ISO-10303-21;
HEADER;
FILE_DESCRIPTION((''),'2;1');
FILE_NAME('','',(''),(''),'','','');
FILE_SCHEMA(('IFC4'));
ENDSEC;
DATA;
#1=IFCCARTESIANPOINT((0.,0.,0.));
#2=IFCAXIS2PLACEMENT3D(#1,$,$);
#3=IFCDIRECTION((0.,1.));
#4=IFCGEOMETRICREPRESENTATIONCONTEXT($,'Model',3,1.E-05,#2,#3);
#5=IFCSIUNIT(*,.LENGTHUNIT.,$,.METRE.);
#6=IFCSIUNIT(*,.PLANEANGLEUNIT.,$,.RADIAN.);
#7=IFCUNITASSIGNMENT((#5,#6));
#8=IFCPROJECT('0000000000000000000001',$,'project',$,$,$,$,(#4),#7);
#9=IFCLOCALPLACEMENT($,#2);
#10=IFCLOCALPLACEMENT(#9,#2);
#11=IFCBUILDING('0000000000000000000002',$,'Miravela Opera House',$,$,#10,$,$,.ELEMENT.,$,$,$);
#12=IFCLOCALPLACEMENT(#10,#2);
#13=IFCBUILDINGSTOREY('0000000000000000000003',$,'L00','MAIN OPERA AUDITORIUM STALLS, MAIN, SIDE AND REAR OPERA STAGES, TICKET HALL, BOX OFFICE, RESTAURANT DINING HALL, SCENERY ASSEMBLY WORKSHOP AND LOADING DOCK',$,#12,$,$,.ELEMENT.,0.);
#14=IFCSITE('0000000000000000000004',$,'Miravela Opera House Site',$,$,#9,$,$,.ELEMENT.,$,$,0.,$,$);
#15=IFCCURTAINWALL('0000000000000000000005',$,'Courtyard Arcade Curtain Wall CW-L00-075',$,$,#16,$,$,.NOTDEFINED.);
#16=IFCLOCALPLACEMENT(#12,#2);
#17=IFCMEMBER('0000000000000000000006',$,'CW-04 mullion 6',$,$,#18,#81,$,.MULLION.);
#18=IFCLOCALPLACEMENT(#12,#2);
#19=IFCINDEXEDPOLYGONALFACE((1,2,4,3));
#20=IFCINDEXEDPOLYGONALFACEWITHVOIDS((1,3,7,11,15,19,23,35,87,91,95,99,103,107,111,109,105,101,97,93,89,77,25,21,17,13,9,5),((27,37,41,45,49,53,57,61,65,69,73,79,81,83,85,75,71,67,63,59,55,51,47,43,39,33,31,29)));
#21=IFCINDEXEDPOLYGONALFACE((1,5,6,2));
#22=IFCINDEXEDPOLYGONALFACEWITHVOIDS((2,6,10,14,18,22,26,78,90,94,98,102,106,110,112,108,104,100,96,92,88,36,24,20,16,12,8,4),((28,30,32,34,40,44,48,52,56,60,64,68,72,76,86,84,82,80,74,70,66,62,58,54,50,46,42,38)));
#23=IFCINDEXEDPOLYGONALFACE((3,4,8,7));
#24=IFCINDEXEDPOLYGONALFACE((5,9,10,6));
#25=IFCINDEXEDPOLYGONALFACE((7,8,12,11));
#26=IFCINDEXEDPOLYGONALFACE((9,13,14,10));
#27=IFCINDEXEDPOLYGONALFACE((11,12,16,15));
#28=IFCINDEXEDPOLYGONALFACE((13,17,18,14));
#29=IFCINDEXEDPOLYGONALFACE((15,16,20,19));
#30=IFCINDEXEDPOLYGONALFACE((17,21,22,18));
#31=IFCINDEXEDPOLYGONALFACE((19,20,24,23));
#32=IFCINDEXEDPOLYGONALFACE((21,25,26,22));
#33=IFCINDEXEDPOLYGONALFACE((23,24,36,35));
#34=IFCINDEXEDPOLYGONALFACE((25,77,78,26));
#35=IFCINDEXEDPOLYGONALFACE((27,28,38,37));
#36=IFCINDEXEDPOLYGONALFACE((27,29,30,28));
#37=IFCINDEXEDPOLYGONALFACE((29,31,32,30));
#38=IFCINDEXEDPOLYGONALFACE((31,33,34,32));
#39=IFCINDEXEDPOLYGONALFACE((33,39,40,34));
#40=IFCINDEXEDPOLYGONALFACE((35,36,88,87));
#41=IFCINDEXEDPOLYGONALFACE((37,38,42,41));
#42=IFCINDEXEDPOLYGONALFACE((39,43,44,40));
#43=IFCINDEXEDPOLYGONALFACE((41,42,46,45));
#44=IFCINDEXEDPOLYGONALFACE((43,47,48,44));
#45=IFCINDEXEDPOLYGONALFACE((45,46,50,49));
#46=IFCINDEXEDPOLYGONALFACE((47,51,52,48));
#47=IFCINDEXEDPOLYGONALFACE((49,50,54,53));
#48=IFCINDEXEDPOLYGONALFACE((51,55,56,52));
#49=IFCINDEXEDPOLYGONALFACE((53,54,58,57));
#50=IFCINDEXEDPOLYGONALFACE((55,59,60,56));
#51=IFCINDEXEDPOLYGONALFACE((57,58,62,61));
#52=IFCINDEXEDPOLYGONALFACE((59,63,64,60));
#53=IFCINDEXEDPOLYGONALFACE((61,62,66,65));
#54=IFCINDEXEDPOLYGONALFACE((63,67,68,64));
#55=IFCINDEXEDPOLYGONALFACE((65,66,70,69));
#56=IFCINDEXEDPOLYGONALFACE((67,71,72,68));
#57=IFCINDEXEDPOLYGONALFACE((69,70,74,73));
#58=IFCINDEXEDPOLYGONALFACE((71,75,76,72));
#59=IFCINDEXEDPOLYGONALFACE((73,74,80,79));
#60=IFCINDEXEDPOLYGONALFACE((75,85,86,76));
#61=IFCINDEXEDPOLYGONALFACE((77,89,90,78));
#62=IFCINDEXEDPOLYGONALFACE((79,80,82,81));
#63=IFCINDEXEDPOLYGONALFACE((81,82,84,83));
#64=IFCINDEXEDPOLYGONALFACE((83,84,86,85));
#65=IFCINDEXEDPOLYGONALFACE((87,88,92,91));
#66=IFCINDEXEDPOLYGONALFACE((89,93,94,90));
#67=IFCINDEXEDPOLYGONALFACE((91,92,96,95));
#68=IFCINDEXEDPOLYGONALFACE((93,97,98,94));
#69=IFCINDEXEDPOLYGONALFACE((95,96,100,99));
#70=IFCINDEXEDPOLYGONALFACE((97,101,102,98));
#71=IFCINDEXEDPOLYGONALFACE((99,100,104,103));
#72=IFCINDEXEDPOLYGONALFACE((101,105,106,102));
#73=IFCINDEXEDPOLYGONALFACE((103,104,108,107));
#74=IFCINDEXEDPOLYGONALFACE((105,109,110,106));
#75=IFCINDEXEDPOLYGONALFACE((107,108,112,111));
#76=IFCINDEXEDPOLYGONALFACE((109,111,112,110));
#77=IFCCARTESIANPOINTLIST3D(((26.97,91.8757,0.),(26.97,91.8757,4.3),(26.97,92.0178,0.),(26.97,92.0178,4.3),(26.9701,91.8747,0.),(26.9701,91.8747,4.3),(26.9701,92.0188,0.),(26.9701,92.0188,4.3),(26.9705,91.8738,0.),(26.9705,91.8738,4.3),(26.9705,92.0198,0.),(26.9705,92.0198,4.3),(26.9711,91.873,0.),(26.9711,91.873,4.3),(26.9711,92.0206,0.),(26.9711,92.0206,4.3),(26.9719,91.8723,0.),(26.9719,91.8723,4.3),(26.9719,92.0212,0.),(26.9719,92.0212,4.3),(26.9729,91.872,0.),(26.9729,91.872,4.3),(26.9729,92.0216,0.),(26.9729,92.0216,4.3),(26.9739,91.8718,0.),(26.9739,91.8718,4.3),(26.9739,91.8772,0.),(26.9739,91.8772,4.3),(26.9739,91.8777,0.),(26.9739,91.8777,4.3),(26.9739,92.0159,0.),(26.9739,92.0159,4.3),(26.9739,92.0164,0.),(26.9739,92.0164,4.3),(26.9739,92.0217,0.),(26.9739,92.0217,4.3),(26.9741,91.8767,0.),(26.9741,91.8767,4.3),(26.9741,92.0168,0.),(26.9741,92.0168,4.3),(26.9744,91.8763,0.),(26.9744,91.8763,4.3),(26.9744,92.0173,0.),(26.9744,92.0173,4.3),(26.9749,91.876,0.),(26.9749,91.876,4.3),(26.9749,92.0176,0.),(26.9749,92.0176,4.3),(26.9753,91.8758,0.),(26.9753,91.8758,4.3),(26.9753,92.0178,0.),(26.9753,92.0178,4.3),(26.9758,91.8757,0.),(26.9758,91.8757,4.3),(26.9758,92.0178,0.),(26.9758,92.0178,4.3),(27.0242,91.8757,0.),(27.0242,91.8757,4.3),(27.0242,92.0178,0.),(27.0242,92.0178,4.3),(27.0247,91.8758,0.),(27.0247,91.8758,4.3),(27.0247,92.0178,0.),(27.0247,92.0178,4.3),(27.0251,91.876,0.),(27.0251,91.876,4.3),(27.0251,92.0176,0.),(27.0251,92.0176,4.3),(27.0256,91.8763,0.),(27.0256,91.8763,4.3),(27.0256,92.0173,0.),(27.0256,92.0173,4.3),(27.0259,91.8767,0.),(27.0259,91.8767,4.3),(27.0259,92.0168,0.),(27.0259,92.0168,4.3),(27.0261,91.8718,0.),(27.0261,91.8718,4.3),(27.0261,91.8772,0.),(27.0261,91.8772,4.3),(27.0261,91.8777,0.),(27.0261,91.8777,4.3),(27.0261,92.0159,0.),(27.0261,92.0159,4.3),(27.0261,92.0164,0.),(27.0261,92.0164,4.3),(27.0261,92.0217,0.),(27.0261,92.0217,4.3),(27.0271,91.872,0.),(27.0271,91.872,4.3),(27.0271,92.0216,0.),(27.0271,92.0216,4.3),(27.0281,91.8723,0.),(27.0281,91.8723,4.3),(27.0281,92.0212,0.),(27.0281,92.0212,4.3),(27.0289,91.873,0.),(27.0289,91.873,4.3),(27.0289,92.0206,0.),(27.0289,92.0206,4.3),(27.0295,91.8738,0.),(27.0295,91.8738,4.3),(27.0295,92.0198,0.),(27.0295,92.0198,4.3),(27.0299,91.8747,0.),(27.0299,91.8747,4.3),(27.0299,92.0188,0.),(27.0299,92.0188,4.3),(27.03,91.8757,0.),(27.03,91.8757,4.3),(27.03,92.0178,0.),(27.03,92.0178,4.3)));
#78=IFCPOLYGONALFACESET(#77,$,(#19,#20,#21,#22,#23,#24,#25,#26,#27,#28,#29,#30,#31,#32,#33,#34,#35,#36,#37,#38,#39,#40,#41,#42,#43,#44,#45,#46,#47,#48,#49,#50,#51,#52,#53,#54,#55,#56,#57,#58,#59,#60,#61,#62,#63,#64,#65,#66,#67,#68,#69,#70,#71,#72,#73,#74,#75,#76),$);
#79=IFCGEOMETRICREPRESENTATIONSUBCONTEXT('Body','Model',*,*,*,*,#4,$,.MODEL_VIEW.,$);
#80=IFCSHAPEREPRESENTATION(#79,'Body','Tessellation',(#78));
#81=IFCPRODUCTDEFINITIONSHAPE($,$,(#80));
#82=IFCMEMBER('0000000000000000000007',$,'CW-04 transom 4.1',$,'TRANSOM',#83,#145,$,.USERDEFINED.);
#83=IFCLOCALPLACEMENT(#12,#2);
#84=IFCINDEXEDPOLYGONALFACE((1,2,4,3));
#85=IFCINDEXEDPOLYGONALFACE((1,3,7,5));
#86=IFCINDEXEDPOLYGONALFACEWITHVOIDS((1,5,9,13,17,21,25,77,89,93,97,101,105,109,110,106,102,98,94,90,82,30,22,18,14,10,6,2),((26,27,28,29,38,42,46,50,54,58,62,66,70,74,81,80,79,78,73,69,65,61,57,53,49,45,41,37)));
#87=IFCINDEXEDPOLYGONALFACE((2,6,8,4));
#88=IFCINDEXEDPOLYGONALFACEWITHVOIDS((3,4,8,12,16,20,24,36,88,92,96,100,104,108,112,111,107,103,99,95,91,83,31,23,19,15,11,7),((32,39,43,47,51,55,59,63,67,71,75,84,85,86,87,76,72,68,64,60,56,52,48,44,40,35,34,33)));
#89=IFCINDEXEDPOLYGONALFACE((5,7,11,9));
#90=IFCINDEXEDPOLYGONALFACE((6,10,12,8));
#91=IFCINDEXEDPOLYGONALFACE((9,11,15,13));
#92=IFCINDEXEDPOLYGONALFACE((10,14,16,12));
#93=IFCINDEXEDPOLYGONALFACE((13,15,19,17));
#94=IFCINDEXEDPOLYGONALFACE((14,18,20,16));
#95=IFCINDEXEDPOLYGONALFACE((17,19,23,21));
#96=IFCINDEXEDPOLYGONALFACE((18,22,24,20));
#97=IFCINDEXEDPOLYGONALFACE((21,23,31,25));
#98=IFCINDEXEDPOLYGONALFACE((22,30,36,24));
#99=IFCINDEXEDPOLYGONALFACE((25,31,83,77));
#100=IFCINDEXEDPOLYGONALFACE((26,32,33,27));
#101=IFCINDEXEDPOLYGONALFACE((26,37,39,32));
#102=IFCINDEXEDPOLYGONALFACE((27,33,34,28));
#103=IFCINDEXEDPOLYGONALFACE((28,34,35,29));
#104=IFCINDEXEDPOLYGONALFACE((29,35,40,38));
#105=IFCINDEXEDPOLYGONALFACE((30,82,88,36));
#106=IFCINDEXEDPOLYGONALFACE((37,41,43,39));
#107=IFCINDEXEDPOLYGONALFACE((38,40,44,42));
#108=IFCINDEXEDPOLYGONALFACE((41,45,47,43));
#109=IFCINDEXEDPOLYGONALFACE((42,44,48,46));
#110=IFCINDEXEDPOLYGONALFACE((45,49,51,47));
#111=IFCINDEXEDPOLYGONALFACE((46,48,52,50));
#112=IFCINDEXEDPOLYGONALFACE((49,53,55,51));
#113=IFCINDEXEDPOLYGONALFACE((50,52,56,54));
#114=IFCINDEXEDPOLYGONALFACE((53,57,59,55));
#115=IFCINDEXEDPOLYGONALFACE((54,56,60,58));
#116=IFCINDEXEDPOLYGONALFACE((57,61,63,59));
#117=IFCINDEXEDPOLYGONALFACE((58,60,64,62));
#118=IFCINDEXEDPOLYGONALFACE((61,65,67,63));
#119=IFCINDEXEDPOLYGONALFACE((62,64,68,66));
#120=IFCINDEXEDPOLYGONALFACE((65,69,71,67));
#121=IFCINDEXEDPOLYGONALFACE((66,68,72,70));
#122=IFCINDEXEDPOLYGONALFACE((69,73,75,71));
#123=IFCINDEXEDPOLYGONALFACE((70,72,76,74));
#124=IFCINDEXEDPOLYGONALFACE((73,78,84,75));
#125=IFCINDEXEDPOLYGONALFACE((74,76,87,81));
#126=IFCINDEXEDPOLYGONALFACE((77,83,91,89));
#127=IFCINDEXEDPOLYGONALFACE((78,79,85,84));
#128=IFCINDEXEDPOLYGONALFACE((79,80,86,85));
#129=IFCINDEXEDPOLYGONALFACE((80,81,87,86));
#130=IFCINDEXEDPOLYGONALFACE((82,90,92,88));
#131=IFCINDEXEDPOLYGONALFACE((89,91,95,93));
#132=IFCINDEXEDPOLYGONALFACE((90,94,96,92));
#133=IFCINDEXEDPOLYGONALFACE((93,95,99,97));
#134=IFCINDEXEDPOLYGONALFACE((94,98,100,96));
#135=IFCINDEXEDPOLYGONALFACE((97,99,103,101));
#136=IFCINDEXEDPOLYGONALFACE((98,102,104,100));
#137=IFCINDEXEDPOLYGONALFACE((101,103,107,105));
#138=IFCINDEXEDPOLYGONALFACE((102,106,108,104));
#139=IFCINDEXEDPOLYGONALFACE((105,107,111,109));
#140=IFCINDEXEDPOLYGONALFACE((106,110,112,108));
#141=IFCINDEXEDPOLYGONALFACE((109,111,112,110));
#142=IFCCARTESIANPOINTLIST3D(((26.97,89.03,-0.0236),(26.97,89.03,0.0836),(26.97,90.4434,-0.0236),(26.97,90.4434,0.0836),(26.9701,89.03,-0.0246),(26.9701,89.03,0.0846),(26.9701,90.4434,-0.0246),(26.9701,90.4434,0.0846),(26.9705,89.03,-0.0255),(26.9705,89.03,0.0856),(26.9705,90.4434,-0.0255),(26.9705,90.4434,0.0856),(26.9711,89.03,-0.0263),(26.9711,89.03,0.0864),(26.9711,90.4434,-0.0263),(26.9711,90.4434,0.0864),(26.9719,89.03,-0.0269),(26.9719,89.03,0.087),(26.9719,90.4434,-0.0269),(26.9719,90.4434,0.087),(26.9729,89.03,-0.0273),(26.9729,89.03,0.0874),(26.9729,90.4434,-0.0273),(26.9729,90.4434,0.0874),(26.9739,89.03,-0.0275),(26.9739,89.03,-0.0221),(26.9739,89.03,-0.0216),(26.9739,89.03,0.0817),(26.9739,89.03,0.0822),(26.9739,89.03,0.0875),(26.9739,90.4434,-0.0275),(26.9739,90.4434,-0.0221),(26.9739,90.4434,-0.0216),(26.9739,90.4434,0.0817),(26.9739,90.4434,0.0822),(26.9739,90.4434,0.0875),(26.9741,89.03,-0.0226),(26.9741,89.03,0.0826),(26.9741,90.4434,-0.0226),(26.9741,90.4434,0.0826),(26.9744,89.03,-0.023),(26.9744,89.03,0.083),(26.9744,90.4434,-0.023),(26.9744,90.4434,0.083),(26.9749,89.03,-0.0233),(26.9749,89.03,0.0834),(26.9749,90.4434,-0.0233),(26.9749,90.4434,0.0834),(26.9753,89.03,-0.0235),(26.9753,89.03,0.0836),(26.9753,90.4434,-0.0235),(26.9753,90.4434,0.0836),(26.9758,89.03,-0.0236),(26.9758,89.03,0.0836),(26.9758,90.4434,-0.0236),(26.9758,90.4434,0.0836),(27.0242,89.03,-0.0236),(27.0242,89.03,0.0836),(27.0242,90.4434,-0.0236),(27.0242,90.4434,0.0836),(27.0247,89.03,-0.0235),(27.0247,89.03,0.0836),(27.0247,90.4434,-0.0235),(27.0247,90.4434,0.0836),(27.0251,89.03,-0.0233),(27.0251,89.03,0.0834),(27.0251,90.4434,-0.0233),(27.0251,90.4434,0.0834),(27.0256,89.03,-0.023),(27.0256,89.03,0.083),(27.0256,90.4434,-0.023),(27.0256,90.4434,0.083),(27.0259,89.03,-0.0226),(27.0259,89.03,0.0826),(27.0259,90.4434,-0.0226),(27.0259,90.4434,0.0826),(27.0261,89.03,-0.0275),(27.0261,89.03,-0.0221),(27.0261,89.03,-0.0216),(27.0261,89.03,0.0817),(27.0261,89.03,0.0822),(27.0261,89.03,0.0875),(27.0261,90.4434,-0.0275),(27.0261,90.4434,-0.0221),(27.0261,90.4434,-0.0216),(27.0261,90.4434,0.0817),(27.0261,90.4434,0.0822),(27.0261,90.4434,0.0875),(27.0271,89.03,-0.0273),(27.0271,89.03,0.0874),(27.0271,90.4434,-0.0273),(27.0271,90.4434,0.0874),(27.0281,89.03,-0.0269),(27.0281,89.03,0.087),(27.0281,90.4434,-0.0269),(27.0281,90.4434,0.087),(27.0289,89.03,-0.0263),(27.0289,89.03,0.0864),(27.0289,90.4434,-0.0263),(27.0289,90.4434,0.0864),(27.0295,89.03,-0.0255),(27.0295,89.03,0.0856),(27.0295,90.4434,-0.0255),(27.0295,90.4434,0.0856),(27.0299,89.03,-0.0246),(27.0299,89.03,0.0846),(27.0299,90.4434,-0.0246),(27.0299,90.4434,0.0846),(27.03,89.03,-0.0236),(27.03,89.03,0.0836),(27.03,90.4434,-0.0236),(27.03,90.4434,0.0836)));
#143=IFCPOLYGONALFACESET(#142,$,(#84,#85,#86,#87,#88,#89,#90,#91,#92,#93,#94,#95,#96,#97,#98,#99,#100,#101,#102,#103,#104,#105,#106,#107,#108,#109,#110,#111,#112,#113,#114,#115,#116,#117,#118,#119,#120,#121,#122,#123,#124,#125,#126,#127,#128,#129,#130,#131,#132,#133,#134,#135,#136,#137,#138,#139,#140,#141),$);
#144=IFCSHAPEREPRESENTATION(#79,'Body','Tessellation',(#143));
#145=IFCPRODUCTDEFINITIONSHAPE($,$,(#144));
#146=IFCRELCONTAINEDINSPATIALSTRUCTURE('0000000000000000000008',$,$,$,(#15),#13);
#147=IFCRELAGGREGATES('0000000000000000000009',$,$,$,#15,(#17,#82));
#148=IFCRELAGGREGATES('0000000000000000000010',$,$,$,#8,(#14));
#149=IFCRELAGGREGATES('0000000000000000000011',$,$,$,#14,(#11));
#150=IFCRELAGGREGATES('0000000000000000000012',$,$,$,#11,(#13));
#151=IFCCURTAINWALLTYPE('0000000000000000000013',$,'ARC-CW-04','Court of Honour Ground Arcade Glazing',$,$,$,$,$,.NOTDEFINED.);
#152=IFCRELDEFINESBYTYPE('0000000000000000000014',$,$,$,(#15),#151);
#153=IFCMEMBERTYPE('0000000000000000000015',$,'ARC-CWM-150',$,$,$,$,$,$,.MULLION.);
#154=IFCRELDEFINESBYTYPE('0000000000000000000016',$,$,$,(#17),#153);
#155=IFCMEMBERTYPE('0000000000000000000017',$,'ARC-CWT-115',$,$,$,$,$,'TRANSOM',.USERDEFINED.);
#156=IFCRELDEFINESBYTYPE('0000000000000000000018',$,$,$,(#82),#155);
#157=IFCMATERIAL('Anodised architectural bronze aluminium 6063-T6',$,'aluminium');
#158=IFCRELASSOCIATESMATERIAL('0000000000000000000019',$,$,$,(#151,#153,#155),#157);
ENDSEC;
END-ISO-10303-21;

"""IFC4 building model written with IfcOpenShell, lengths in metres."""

from ifc_helpers import new_model, si_unit, direction, frame, origin, origin_2d, place, context, subcontext, project, spatial, hollow_rectangle, extrude, material, material_profile, profile_set, type_object, element, aggregate, save


model = new_model("IFC4")

# Units and contexts
model_context = context("Model", 3, precision=1e-05, world=origin(), true_north=direction((0.0, 1.0)))
body_context = subcontext(model_context, "Body", "Model", "MODEL_VIEW")
ifc_project = project(units=[si_unit("LENGTHUNIT", "METRE"), si_unit("PLANEANGLEUNIT", "RADIAN")], contexts=[model_context])

# Site, building, storey
site_placement = place(None, origin())
site = spatial("IfcSite", under=ifc_project, at=site_placement, Name="Miravela Opera House Site", CompositionType="ELEMENT", RefElevation=0.0)
building_placement = place(site_placement, origin())
building = spatial("IfcBuilding", under=site, at=building_placement, Name="Miravela Opera House", CompositionType="ELEMENT")
storey_placement = place(building_placement, origin())
storey = spatial("IfcBuildingStorey", under=building, at=storey_placement, Name="L00", Description="MAIN OPERA AUDITORIUM STALLS, MAIN, SIDE AND REAR OPERA STAGES, TICKET HALL, BOX OFFICE, RESTAURANT DINING HALL, SCENERY ASSEMBLY WORKSHOP AND LOADING DOCK", CompositionType="ELEMENT", Elevation=0.0)

# Curtain wall, members
ifc_material_1 = material(Name="Anodised architectural bronze aluminium 6063-T6", Category="aluminium")
curtain_wall_type = type_object("IfcCurtainWallType", Name="ARC-CW-04", Description="Court of Honour Ground Arcade Glazing", PredefinedType="NOTDEFINED", material=ifc_material_1)
curtain_wall_placement = place(storey_placement, origin())
curtain_wall = element("IfcCurtainWall", 1, at=curtain_wall_placement, inside=storey, type_object=curtain_wall_type, Name="Courtyard Arcade Curtain Wall CW-L00-075", PredefinedType="NOTDEFINED")
ifc_material_profile_1 = material_profile(ifc_material_1, hollow_rectangle(XDim=0.0601, YDim=0.1499, WallThickness=0.0039, InnerFilletRadius=0.002, OuterFilletRadius=0.0039, at=origin_2d()), Name="CWM-60X150")
ifc_profile_set_1 = profile_set([ifc_material_profile_1])
member_type_1 = type_object("IfcMemberType", Name="ARC-CWM-150", PredefinedType="MULLION", material=ifc_profile_set_1)
member_1_placement = place(storey_placement, frame((27.0, 91.9468, 0.0), z_axis=(0.0, 0.0, 1.0), x_axis=(-1.0, 0.0, 0.0)))
member_1 = element("IfcMember", 2, at=member_1_placement, type_object=member_type_1, Name="CW-04 mullion 6", PredefinedType="MULLION", context=body_context, shape_type="SweptSolid", body=[
    extrude(hollow_rectangle(XDim=0.0601, YDim=0.1499, WallThickness=0.0039, InnerFilletRadius=0.002, OuterFilletRadius=0.0039, at=origin_2d()), origin(), (0.0, 0.0, 1.0), 4.3),
])
ifc_material_profile_2 = material_profile(ifc_material_1, hollow_rectangle(XDim=0.0601, YDim=0.115, WallThickness=0.0039, InnerFilletRadius=0.002, OuterFilletRadius=0.0039, at=origin_2d()), Name="CWT-60X115")
ifc_profile_set_2 = profile_set([ifc_material_profile_2])
member_type_2 = type_object("IfcMemberType", Name="ARC-CWT-115", ElementType="TRANSOM", PredefinedType="USERDEFINED", material=ifc_profile_set_2)
member_2_placement = place(storey_placement, frame((27.0, 89.03, 0.03), z_axis=(0.0, 1.0, 0.0), x_axis=(-1.0, 0.0, 0.0)))
member_2 = element("IfcMember", 3, at=member_2_placement, type_object=member_type_2, Name="CW-04 transom 4.1", ObjectType="TRANSOM", PredefinedType="USERDEFINED", context=body_context, shape_type="SweptSolid", body=[
    extrude(hollow_rectangle(XDim=0.0601, YDim=0.115, WallThickness=0.0039, InnerFilletRadius=0.002, OuterFilletRadius=0.0039, at=origin_2d()), origin(), (0.0, 0.0, 1.0), 1.4133),
])
aggregate(curtain_wall, [member_1, member_2])

save(model, "model.ifc")
